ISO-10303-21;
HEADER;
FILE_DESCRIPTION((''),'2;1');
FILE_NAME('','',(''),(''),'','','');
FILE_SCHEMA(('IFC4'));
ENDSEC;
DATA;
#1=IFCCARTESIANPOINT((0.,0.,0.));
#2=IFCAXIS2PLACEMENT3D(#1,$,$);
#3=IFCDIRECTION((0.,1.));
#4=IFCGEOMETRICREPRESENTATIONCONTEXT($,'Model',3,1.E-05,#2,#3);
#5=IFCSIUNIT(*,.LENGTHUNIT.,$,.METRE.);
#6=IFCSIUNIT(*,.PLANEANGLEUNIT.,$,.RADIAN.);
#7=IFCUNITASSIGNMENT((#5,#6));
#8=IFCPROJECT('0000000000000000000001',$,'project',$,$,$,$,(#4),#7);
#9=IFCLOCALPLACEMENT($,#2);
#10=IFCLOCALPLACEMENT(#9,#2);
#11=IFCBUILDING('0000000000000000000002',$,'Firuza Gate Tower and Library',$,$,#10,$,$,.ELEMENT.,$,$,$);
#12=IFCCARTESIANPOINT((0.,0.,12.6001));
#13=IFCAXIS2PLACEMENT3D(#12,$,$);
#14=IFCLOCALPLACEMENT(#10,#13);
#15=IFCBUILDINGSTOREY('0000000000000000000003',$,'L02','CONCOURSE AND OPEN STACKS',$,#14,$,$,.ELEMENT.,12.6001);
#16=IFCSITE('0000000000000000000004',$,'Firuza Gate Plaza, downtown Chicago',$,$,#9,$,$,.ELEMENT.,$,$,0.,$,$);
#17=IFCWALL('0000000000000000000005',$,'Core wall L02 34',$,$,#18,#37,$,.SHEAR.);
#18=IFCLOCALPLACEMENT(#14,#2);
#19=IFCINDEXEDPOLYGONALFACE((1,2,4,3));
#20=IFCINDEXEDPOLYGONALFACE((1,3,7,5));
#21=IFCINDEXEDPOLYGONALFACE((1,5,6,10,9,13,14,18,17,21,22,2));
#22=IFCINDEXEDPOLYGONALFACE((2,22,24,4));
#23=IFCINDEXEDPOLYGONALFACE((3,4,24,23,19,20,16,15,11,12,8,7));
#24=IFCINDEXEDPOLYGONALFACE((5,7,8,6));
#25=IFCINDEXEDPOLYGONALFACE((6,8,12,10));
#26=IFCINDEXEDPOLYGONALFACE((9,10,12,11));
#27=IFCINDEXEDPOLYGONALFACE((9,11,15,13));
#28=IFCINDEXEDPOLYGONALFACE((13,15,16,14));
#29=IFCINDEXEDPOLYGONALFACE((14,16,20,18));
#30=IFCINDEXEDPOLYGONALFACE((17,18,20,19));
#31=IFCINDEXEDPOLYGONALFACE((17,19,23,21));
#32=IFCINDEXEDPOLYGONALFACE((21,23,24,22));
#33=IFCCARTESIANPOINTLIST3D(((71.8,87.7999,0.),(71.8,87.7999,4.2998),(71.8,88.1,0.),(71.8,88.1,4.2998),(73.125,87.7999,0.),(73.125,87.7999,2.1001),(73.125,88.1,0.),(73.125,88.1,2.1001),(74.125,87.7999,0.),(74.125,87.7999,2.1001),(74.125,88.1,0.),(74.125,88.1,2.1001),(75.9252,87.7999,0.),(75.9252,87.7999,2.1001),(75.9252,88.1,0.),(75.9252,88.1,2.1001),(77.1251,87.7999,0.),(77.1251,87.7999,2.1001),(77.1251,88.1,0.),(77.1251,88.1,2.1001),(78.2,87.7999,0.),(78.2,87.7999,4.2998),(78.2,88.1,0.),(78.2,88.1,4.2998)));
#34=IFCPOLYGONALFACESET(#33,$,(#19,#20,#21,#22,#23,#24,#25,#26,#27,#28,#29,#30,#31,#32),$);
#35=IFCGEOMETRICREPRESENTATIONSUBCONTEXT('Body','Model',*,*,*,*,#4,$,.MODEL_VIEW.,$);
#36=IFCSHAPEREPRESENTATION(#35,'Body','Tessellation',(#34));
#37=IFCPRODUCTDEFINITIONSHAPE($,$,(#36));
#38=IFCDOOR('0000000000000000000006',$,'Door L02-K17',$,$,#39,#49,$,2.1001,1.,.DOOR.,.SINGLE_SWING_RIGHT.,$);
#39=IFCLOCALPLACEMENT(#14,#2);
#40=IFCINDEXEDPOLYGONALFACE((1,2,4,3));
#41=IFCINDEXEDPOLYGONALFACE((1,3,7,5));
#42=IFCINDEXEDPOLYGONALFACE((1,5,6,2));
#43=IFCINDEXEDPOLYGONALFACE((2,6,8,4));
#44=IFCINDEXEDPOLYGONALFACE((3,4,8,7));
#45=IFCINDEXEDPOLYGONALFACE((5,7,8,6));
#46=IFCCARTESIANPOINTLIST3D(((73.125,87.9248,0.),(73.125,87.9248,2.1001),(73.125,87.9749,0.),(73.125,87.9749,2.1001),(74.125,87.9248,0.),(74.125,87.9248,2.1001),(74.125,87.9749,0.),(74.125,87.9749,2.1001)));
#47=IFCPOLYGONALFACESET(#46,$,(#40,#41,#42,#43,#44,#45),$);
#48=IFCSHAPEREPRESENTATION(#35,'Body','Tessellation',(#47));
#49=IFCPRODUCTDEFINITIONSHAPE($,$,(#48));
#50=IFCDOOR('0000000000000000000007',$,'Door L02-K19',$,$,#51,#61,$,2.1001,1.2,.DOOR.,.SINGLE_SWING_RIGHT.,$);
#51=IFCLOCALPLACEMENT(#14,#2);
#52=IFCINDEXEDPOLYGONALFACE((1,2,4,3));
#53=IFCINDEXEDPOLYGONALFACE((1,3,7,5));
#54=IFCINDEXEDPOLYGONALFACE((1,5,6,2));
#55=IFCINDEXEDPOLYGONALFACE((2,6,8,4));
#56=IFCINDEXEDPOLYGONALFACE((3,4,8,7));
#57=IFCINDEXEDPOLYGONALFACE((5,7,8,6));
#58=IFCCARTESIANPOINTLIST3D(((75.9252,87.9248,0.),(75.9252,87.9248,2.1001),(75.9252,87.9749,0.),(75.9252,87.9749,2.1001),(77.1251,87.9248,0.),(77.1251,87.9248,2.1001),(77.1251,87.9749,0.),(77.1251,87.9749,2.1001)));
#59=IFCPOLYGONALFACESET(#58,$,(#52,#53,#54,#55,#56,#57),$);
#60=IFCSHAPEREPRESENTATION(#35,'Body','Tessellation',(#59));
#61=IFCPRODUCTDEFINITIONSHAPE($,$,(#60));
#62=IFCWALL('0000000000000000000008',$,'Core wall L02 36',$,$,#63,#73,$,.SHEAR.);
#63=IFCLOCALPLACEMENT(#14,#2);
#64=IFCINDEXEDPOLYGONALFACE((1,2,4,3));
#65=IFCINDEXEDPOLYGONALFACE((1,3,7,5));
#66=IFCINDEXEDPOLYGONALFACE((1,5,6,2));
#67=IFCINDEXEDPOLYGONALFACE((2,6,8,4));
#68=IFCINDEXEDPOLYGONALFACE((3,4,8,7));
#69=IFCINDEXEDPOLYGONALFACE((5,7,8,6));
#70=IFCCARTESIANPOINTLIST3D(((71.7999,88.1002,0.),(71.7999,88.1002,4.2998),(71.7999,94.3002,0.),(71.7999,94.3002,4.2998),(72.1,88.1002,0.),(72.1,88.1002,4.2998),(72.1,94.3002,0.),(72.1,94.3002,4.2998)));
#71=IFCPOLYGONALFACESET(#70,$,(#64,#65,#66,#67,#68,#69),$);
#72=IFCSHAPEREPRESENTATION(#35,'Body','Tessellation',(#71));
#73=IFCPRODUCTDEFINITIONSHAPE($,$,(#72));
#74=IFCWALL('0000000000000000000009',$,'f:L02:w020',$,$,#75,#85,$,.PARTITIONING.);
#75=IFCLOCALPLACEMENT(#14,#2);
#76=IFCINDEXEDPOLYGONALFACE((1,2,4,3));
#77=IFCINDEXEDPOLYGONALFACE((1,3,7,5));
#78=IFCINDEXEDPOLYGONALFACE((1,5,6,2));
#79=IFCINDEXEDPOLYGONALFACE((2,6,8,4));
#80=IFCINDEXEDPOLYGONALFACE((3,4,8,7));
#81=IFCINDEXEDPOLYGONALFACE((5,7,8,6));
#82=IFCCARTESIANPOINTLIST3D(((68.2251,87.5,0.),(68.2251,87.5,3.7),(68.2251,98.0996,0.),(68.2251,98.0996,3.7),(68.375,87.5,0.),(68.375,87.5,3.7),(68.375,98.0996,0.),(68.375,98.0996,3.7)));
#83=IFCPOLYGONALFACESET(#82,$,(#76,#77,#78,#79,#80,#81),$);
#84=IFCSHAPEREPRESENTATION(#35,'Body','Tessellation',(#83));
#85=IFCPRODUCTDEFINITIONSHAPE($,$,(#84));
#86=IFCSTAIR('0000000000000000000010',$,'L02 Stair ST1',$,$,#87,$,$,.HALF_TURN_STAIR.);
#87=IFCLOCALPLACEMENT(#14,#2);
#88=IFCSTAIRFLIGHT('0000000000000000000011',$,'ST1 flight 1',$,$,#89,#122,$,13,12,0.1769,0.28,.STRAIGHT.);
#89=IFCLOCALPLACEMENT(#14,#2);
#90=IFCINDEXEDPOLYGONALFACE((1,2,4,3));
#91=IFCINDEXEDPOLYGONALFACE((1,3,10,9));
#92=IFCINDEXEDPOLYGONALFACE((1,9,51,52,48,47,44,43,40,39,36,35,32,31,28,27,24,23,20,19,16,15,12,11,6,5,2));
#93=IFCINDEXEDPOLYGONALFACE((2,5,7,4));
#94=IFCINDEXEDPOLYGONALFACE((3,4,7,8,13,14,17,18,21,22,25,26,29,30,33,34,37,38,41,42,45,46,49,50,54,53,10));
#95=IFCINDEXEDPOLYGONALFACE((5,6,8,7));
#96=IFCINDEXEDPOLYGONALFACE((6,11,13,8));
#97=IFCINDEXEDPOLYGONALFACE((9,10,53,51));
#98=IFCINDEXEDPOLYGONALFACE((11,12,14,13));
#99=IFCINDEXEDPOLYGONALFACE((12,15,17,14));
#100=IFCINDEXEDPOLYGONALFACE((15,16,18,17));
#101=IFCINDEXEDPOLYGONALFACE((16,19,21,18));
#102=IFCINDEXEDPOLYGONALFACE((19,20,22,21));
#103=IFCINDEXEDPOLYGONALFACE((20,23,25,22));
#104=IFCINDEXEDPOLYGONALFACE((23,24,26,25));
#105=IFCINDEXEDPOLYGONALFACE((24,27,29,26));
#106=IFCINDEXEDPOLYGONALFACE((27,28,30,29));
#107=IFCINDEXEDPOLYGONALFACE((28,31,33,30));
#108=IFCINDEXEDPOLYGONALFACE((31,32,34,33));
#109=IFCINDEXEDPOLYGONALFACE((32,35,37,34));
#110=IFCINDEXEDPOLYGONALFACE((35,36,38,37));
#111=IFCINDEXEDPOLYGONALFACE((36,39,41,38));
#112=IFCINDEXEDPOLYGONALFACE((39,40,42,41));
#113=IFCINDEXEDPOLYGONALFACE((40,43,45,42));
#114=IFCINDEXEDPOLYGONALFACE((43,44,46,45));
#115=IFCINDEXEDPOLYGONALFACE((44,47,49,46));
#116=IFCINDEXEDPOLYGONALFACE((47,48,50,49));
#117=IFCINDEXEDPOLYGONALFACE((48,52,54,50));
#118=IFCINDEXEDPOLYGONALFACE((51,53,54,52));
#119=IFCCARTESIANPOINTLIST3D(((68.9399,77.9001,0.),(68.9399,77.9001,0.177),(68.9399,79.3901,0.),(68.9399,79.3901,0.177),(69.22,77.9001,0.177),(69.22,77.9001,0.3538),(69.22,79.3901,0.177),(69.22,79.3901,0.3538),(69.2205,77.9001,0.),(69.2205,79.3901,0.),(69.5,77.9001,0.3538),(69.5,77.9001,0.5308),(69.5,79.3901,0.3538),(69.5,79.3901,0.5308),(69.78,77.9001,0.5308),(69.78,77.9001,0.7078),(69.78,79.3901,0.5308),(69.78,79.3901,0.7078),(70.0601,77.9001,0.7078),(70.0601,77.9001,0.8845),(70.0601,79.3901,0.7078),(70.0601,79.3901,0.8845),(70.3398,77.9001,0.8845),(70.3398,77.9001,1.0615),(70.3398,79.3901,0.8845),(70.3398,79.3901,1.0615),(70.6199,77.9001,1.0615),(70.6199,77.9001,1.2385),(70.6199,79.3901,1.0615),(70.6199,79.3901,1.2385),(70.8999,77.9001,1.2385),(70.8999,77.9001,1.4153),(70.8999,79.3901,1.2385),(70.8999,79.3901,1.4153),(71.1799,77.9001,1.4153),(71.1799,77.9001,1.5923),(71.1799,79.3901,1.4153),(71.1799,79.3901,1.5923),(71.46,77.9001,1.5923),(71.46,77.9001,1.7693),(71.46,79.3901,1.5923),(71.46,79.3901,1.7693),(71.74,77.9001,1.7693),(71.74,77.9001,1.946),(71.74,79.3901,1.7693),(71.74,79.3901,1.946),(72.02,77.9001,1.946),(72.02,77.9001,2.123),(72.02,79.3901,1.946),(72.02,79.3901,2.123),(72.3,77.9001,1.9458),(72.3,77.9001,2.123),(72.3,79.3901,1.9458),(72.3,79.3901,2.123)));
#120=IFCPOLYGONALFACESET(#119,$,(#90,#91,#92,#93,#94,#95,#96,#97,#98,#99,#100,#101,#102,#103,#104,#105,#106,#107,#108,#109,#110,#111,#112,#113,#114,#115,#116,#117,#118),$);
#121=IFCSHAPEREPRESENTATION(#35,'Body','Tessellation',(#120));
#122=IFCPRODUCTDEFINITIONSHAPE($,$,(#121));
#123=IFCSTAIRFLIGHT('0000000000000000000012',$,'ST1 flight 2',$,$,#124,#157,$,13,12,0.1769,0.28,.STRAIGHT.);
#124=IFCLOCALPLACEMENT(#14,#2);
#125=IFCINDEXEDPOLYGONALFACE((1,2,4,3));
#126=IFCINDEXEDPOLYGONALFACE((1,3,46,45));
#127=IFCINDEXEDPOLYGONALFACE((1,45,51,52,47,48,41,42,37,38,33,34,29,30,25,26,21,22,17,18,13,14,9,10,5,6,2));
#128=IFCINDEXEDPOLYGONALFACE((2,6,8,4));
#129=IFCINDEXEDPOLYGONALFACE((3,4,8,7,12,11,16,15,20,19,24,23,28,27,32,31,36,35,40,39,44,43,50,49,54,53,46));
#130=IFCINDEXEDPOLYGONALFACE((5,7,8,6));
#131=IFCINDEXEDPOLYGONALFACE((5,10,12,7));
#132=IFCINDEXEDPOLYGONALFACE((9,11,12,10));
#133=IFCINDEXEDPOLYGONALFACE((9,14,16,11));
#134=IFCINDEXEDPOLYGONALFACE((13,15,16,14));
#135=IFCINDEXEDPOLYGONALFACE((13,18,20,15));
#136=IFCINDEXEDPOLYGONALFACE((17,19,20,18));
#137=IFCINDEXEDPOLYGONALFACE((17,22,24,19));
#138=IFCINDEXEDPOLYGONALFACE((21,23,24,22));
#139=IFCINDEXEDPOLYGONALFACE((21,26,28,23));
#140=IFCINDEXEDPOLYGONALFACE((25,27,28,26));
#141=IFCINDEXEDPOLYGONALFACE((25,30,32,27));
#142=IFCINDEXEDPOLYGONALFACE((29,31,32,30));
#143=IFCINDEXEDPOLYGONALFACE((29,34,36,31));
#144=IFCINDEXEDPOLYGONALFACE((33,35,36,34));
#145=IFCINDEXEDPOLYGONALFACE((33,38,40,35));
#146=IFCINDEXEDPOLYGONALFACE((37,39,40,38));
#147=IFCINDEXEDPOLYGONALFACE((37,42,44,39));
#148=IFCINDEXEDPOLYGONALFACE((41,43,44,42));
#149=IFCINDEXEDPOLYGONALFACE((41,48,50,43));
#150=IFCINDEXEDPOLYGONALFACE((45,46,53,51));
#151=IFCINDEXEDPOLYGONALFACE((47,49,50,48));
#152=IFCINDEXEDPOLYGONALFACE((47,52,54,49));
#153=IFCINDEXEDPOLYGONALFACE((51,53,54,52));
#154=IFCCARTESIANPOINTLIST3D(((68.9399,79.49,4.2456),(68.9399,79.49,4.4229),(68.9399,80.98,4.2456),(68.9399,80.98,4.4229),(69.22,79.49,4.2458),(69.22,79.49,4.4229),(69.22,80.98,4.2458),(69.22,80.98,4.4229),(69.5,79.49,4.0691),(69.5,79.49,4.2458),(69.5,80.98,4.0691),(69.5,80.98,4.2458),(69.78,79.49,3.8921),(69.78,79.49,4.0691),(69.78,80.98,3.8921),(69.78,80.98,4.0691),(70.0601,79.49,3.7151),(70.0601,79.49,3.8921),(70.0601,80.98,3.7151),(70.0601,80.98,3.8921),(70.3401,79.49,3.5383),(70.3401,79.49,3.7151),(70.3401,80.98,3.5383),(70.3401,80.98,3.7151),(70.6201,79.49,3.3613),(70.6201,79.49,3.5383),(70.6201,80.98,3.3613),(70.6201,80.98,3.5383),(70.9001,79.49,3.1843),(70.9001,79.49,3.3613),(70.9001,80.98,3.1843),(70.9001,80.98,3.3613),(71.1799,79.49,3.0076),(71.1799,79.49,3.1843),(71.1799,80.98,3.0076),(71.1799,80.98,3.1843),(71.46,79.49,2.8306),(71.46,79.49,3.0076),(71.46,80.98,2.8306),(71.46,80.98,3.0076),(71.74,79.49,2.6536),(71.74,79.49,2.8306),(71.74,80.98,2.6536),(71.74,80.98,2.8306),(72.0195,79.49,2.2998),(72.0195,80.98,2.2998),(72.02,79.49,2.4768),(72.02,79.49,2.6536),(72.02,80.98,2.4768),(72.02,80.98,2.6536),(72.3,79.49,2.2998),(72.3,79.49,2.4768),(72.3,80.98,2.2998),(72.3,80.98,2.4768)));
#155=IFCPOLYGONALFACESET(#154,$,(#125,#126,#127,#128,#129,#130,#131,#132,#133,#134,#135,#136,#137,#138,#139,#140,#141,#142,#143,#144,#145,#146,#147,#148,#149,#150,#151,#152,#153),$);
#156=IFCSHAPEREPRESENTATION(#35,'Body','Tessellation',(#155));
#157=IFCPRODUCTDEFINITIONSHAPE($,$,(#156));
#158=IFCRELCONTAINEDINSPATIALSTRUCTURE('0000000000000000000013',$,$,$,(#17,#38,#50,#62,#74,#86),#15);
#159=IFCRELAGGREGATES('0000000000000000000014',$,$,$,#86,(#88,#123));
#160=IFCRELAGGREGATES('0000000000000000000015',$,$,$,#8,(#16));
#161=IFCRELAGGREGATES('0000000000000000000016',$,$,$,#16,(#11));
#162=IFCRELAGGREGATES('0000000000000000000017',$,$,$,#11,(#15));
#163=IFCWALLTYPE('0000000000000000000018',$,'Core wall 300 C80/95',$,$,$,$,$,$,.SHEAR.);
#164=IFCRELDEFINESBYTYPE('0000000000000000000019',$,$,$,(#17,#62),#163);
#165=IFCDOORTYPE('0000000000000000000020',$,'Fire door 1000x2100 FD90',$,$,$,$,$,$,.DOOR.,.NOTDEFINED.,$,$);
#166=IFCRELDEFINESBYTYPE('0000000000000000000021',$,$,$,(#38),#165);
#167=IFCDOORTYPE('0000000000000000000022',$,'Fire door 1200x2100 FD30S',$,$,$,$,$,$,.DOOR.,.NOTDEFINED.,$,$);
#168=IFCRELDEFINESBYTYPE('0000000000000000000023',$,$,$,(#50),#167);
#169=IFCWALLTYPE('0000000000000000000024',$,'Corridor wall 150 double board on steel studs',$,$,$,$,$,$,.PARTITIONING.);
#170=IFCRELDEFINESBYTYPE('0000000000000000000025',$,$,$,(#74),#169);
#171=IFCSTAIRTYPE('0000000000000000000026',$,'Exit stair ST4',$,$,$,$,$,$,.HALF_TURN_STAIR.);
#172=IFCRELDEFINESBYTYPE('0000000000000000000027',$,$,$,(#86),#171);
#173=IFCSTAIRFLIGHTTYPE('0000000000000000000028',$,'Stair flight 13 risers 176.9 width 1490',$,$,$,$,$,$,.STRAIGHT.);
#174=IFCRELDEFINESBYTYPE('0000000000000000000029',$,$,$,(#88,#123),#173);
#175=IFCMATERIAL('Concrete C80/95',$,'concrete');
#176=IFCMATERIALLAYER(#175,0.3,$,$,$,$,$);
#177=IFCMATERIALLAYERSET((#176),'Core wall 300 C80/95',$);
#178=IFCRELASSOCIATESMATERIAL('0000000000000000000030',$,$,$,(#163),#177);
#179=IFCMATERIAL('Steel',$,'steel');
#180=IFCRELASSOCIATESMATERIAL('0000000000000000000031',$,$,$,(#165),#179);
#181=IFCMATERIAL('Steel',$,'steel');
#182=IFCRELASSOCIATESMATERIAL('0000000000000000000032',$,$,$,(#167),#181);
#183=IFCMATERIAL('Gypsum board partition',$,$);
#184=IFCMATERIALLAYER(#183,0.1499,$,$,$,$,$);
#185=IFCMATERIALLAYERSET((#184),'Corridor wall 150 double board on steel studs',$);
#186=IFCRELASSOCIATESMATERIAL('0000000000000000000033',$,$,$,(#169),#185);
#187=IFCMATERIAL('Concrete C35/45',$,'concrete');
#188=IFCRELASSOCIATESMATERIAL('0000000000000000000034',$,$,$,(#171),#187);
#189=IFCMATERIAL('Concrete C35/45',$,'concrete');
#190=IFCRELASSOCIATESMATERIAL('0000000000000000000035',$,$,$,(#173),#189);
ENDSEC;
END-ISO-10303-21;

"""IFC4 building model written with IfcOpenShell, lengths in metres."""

from ifc_helpers import new_model, si_unit, direction, frame, frame_2d, origin, place, context, subcontext, project, spatial, polyline, rectangle, outline, extrude, material, layer, layer_set, type_object, element, fill, aggregate, save


model = new_model("IFC4")

# Units and contexts
model_context = context("Model", 3, precision=1e-05, world=origin(), true_north=direction((0.0, 1.0)))
body_context = subcontext(model_context, "Body", "Model", "MODEL_VIEW")
ifc_project = project(units=[si_unit("LENGTHUNIT", "METRE"), si_unit("PLANEANGLEUNIT", "RADIAN")], contexts=[model_context])

# Site, building, storey
site_placement = place(None, origin())
site = spatial("IfcSite", under=ifc_project, at=site_placement, Name="Firuza Gate Plaza, downtown Chicago", CompositionType="ELEMENT", RefElevation=0.0)
building_placement = place(site_placement, origin())
building = spatial("IfcBuilding", under=site, at=building_placement, Name="Firuza Gate Tower and Library", CompositionType="ELEMENT")
storey_placement = place(building_placement, frame((0.0, 0.0, 12.6001)))
storey = spatial("IfcBuildingStorey", under=building, at=storey_placement, Name="L02", Description="CONCOURSE AND OPEN STACKS", CompositionType="ELEMENT", Elevation=12.6001)

# Shared definitions
ifc_material_1 = material(Name="Concrete C80/95", Category="concrete")
ifc_layer_1 = layer(ifc_material_1, 0.3)
ifc_layer_set_1 = layer_set([ifc_layer_1], Name="Core wall 300 C80/95")
wall_type_1 = type_object("IfcWallType", Name="Core wall 300 C80/95", PredefinedType="SHEAR", material=ifc_layer_set_1)

# Wall, openings, doors
wall_1_placement = place(storey_placement, frame((71.8, 87.95, 0.0), z_axis=(0.0, 0.0, 1.0), x_axis=(1.0, 0.0, 0.0)))
wall_1 = element("IfcWall", 1, at=wall_1_placement, inside=storey, type_object=wall_type_1, Name="Core wall L02 34", PredefinedType="SHEAR", context=body_context, shape_type="SweptSolid", body=[
    extrude(rectangle(XDim=6.3999, YDim=0.3, at=frame_2d((3.2, 0.0))), origin(), (0.0, 0.0, 1.0), 4.2998),
])
opening_1_placement = place(wall_1_placement, frame((1.325, 0.0, 0.0)))
opening_1 = element("IfcOpeningElement", 2, at=opening_1_placement, cuts=wall_1, PredefinedType="OPENING", context=body_context, shape_type="SweptSolid", body=[
    extrude(rectangle(XDim=1.0, YDim=2.1001, at=frame_2d((0.5, 1.05))), frame((0.0, 0.1602, 0.0), z_axis=(0.0, -1.0, 0.0), x_axis=(1.0, 0.0, 0.0)), (0.0, 0.0, 1.0), 0.3201),
])
opening_2_placement = place(wall_1_placement, frame((4.125, 0.0, 0.0)))
opening_2 = element("IfcOpeningElement", 3, at=opening_2_placement, cuts=wall_1, PredefinedType="OPENING", context=body_context, shape_type="SweptSolid", body=[
    extrude(rectangle(XDim=1.2, YDim=2.1001, at=frame_2d((0.6001, 1.05))), frame((0.0, 0.1602, 0.0), z_axis=(0.0, -1.0, 0.0), x_axis=(1.0, 0.0, 0.0)), (0.0, 0.0, 1.0), 0.3201),
])
ifc_material_2 = material(Name="Steel", Category="steel")
door_type_1 = type_object("IfcDoorType", Name="Fire door 1000x2100 FD90", OperationType="NOTDEFINED", PredefinedType="DOOR", material=ifc_material_2)
door_1_placement = place(opening_1_placement, origin())
door_1 = element("IfcDoor", 4, at=door_1_placement, inside=storey, type_object=door_type_1, Name="Door L02-K17", OperationType="SINGLE_SWING_RIGHT", OverallHeight=2.1001, OverallWidth=1.0, PredefinedType="DOOR", context=body_context, shape_type="SweptSolid", body=[
    extrude(rectangle(XDim=1.0, YDim=2.1001, at=frame_2d((0.5, 1.05))), frame((0.0, 0.0249, 0.0), z_axis=(0.0, -1.0, 0.0), x_axis=(1.0, 0.0, 0.0)), (0.0, 0.0, 1.0), 0.05),
])
fill(opening_1, door_1)
ifc_material_3 = material(Name="Steel", Category="steel")
door_type_2 = type_object("IfcDoorType", Name="Fire door 1200x2100 FD30S", OperationType="NOTDEFINED", PredefinedType="DOOR", material=ifc_material_3)
door_2_placement = place(opening_2_placement, origin())
door_2 = element("IfcDoor", 5, at=door_2_placement, inside=storey, type_object=door_type_2, Name="Door L02-K19", OperationType="SINGLE_SWING_RIGHT", OverallHeight=2.1001, OverallWidth=1.2, PredefinedType="DOOR", context=body_context, shape_type="SweptSolid", body=[
    extrude(rectangle(XDim=1.2, YDim=2.1001, at=frame_2d((0.6001, 1.05))), frame((0.0, 0.0249, 0.0), z_axis=(0.0, -1.0, 0.0), x_axis=(1.0, 0.0, 0.0)), (0.0, 0.0, 1.0), 0.05),
])
fill(opening_2, door_2)

# Walls
wall_2_placement = place(storey_placement, frame((71.95, 88.1001, 0.0), z_axis=(0.0, 0.0, 1.0), x_axis=(0.0, 1.0, 0.0)))
element("IfcWall", 6, at=wall_2_placement, inside=storey, type_object=wall_type_1, Name="Core wall L02 36", PredefinedType="SHEAR", context=body_context, shape_type="SweptSolid", body=[
    extrude(rectangle(XDim=6.2, YDim=0.3, at=frame_2d((3.1001, 0.0))), origin(), (0.0, 0.0, 1.0), 4.2998),
])
ifc_material_4 = material(Name="Gypsum board partition")
ifc_layer_2 = layer(ifc_material_4, 0.1499)
ifc_layer_set_2 = layer_set([ifc_layer_2], Name="Corridor wall 150 double board on steel studs")
wall_type_2 = type_object("IfcWallType", Name="Corridor wall 150 double board on steel studs", PredefinedType="PARTITIONING", material=ifc_layer_set_2)
wall_3_placement = place(storey_placement, frame((68.3, 87.5, 0.0), z_axis=(0.0, 0.0, 1.0), x_axis=(0.0, 1.0, 0.0)))
element("IfcWall", 7, at=wall_3_placement, inside=storey, type_object=wall_type_2, Name="f:L02:w020", PredefinedType="PARTITIONING", context=body_context, shape_type="SweptSolid", body=[
    extrude(rectangle(XDim=10.5996, YDim=0.1499, at=frame_2d((5.2998, 0.0))), origin(), (0.0, 0.0, 1.0), 3.7),
])

# Stair, stair flights
ifc_material_5 = material(Name="Concrete C35/45", Category="concrete")
stair_type = type_object("IfcStairType", Name="Exit stair ST4", PredefinedType="HALF_TURN_STAIR", material=ifc_material_5)
stair_placement = place(storey_placement, origin())
stair = element("IfcStair", 8, at=stair_placement, inside=storey, type_object=stair_type, Name="L02 Stair ST1", PredefinedType="HALF_TURN_STAIR")
ifc_material_6 = material(Name="Concrete C35/45", Category="concrete")
stair_flight_type = type_object("IfcStairFlightType", Name="Stair flight 13 risers 176.9 width 1490", PredefinedType="STRAIGHT", material=ifc_material_6)
stair_flight_1_placement = place(storey_placement, frame((68.9399, 78.645, 0.0), z_axis=(0.0, 0.0, 1.0), x_axis=(1.0, 0.0, 0.0)))
stair_flight_1 = element("IfcStairFlight", 9, at=stair_flight_1_placement, type_object=stair_flight_type, Name="ST1 flight 1", NumberOfRisers=13, NumberOfTreads=12, PredefinedType="STRAIGHT", RiserHeight=0.1769, TreadLength=0.28, context=body_context, shape_type="SweptSolid", body=[
    extrude(outline(polyline([(0.0, 0.0), (0.0, 0.177), (0.28, 0.177), (0.28, 0.3538), (0.5601, 0.3538), (0.5601, 0.5308), (0.8401, 0.5308), (0.8401, 0.7078), (1.1201, 0.7078), (1.1201, 0.8845), (1.3999, 0.8845), (1.3999, 1.0615), (1.6799, 1.0615), (1.6799, 1.2385), (1.96, 1.2385), (1.96, 1.4153), (2.24, 1.4153), (2.24, 1.5923), (2.52, 1.5923), (2.52, 1.7693), (2.8, 1.7693), (2.8, 1.946), (3.0801, 1.946), (3.0801, 2.123), (3.3601, 2.123), (3.3601, 2.3), (3.3601, 1.9458), (0.2805, 0.0), (0.0, 0.0)])), frame((0.0, 0.7451, 0.0), z_axis=(0.0, -1.0, 0.0), x_axis=(1.0, 0.0, 0.0)), (0.0, 0.0, 1.0), 1.49),
])
stair_flight_2_placement = place(storey_placement, frame((72.3, 80.2351, 2.2998), z_axis=(0.0, 0.0, 1.0), x_axis=(-1.0, 0.0, 0.0)))
stair_flight_2 = element("IfcStairFlight", 10, at=stair_flight_2_placement, type_object=stair_flight_type, Name="ST1 flight 2", NumberOfRisers=13, NumberOfTreads=12, PredefinedType="STRAIGHT", RiserHeight=0.1769, TreadLength=0.28, context=body_context, shape_type="SweptSolid", body=[
    extrude(outline(polyline([(0.0, 0.0), (0.0, 0.177), (0.28, 0.177), (0.28, 0.3538), (0.5601, 0.3538), (0.5601, 0.5308), (0.8401, 0.5308), (0.8401, 0.7078), (1.1201, 0.7078), (1.1201, 0.8845), (1.3999, 0.8845), (1.3999, 1.0615), (1.6799, 1.0615), (1.6799, 1.2385), (1.96, 1.2385), (1.96, 1.4153), (2.24, 1.4153), (2.24, 1.5923), (2.52, 1.5923), (2.52, 1.7693), (2.8, 1.7693), (2.8, 1.946), (3.0801, 1.946), (3.0801, 2.123), (3.3601, 2.123), (3.3601, 2.3), (3.3601, 1.9458), (0.2805, 0.0), (0.0, 0.0)])), frame((0.0, 0.7451, 0.0), z_axis=(0.0, -1.0, 0.0), x_axis=(1.0, 0.0, 0.0)), (0.0, 0.0, 1.0), 1.49),
])
aggregate(stair, [stair_flight_1, stair_flight_2])

save(model, "model.ifc")
